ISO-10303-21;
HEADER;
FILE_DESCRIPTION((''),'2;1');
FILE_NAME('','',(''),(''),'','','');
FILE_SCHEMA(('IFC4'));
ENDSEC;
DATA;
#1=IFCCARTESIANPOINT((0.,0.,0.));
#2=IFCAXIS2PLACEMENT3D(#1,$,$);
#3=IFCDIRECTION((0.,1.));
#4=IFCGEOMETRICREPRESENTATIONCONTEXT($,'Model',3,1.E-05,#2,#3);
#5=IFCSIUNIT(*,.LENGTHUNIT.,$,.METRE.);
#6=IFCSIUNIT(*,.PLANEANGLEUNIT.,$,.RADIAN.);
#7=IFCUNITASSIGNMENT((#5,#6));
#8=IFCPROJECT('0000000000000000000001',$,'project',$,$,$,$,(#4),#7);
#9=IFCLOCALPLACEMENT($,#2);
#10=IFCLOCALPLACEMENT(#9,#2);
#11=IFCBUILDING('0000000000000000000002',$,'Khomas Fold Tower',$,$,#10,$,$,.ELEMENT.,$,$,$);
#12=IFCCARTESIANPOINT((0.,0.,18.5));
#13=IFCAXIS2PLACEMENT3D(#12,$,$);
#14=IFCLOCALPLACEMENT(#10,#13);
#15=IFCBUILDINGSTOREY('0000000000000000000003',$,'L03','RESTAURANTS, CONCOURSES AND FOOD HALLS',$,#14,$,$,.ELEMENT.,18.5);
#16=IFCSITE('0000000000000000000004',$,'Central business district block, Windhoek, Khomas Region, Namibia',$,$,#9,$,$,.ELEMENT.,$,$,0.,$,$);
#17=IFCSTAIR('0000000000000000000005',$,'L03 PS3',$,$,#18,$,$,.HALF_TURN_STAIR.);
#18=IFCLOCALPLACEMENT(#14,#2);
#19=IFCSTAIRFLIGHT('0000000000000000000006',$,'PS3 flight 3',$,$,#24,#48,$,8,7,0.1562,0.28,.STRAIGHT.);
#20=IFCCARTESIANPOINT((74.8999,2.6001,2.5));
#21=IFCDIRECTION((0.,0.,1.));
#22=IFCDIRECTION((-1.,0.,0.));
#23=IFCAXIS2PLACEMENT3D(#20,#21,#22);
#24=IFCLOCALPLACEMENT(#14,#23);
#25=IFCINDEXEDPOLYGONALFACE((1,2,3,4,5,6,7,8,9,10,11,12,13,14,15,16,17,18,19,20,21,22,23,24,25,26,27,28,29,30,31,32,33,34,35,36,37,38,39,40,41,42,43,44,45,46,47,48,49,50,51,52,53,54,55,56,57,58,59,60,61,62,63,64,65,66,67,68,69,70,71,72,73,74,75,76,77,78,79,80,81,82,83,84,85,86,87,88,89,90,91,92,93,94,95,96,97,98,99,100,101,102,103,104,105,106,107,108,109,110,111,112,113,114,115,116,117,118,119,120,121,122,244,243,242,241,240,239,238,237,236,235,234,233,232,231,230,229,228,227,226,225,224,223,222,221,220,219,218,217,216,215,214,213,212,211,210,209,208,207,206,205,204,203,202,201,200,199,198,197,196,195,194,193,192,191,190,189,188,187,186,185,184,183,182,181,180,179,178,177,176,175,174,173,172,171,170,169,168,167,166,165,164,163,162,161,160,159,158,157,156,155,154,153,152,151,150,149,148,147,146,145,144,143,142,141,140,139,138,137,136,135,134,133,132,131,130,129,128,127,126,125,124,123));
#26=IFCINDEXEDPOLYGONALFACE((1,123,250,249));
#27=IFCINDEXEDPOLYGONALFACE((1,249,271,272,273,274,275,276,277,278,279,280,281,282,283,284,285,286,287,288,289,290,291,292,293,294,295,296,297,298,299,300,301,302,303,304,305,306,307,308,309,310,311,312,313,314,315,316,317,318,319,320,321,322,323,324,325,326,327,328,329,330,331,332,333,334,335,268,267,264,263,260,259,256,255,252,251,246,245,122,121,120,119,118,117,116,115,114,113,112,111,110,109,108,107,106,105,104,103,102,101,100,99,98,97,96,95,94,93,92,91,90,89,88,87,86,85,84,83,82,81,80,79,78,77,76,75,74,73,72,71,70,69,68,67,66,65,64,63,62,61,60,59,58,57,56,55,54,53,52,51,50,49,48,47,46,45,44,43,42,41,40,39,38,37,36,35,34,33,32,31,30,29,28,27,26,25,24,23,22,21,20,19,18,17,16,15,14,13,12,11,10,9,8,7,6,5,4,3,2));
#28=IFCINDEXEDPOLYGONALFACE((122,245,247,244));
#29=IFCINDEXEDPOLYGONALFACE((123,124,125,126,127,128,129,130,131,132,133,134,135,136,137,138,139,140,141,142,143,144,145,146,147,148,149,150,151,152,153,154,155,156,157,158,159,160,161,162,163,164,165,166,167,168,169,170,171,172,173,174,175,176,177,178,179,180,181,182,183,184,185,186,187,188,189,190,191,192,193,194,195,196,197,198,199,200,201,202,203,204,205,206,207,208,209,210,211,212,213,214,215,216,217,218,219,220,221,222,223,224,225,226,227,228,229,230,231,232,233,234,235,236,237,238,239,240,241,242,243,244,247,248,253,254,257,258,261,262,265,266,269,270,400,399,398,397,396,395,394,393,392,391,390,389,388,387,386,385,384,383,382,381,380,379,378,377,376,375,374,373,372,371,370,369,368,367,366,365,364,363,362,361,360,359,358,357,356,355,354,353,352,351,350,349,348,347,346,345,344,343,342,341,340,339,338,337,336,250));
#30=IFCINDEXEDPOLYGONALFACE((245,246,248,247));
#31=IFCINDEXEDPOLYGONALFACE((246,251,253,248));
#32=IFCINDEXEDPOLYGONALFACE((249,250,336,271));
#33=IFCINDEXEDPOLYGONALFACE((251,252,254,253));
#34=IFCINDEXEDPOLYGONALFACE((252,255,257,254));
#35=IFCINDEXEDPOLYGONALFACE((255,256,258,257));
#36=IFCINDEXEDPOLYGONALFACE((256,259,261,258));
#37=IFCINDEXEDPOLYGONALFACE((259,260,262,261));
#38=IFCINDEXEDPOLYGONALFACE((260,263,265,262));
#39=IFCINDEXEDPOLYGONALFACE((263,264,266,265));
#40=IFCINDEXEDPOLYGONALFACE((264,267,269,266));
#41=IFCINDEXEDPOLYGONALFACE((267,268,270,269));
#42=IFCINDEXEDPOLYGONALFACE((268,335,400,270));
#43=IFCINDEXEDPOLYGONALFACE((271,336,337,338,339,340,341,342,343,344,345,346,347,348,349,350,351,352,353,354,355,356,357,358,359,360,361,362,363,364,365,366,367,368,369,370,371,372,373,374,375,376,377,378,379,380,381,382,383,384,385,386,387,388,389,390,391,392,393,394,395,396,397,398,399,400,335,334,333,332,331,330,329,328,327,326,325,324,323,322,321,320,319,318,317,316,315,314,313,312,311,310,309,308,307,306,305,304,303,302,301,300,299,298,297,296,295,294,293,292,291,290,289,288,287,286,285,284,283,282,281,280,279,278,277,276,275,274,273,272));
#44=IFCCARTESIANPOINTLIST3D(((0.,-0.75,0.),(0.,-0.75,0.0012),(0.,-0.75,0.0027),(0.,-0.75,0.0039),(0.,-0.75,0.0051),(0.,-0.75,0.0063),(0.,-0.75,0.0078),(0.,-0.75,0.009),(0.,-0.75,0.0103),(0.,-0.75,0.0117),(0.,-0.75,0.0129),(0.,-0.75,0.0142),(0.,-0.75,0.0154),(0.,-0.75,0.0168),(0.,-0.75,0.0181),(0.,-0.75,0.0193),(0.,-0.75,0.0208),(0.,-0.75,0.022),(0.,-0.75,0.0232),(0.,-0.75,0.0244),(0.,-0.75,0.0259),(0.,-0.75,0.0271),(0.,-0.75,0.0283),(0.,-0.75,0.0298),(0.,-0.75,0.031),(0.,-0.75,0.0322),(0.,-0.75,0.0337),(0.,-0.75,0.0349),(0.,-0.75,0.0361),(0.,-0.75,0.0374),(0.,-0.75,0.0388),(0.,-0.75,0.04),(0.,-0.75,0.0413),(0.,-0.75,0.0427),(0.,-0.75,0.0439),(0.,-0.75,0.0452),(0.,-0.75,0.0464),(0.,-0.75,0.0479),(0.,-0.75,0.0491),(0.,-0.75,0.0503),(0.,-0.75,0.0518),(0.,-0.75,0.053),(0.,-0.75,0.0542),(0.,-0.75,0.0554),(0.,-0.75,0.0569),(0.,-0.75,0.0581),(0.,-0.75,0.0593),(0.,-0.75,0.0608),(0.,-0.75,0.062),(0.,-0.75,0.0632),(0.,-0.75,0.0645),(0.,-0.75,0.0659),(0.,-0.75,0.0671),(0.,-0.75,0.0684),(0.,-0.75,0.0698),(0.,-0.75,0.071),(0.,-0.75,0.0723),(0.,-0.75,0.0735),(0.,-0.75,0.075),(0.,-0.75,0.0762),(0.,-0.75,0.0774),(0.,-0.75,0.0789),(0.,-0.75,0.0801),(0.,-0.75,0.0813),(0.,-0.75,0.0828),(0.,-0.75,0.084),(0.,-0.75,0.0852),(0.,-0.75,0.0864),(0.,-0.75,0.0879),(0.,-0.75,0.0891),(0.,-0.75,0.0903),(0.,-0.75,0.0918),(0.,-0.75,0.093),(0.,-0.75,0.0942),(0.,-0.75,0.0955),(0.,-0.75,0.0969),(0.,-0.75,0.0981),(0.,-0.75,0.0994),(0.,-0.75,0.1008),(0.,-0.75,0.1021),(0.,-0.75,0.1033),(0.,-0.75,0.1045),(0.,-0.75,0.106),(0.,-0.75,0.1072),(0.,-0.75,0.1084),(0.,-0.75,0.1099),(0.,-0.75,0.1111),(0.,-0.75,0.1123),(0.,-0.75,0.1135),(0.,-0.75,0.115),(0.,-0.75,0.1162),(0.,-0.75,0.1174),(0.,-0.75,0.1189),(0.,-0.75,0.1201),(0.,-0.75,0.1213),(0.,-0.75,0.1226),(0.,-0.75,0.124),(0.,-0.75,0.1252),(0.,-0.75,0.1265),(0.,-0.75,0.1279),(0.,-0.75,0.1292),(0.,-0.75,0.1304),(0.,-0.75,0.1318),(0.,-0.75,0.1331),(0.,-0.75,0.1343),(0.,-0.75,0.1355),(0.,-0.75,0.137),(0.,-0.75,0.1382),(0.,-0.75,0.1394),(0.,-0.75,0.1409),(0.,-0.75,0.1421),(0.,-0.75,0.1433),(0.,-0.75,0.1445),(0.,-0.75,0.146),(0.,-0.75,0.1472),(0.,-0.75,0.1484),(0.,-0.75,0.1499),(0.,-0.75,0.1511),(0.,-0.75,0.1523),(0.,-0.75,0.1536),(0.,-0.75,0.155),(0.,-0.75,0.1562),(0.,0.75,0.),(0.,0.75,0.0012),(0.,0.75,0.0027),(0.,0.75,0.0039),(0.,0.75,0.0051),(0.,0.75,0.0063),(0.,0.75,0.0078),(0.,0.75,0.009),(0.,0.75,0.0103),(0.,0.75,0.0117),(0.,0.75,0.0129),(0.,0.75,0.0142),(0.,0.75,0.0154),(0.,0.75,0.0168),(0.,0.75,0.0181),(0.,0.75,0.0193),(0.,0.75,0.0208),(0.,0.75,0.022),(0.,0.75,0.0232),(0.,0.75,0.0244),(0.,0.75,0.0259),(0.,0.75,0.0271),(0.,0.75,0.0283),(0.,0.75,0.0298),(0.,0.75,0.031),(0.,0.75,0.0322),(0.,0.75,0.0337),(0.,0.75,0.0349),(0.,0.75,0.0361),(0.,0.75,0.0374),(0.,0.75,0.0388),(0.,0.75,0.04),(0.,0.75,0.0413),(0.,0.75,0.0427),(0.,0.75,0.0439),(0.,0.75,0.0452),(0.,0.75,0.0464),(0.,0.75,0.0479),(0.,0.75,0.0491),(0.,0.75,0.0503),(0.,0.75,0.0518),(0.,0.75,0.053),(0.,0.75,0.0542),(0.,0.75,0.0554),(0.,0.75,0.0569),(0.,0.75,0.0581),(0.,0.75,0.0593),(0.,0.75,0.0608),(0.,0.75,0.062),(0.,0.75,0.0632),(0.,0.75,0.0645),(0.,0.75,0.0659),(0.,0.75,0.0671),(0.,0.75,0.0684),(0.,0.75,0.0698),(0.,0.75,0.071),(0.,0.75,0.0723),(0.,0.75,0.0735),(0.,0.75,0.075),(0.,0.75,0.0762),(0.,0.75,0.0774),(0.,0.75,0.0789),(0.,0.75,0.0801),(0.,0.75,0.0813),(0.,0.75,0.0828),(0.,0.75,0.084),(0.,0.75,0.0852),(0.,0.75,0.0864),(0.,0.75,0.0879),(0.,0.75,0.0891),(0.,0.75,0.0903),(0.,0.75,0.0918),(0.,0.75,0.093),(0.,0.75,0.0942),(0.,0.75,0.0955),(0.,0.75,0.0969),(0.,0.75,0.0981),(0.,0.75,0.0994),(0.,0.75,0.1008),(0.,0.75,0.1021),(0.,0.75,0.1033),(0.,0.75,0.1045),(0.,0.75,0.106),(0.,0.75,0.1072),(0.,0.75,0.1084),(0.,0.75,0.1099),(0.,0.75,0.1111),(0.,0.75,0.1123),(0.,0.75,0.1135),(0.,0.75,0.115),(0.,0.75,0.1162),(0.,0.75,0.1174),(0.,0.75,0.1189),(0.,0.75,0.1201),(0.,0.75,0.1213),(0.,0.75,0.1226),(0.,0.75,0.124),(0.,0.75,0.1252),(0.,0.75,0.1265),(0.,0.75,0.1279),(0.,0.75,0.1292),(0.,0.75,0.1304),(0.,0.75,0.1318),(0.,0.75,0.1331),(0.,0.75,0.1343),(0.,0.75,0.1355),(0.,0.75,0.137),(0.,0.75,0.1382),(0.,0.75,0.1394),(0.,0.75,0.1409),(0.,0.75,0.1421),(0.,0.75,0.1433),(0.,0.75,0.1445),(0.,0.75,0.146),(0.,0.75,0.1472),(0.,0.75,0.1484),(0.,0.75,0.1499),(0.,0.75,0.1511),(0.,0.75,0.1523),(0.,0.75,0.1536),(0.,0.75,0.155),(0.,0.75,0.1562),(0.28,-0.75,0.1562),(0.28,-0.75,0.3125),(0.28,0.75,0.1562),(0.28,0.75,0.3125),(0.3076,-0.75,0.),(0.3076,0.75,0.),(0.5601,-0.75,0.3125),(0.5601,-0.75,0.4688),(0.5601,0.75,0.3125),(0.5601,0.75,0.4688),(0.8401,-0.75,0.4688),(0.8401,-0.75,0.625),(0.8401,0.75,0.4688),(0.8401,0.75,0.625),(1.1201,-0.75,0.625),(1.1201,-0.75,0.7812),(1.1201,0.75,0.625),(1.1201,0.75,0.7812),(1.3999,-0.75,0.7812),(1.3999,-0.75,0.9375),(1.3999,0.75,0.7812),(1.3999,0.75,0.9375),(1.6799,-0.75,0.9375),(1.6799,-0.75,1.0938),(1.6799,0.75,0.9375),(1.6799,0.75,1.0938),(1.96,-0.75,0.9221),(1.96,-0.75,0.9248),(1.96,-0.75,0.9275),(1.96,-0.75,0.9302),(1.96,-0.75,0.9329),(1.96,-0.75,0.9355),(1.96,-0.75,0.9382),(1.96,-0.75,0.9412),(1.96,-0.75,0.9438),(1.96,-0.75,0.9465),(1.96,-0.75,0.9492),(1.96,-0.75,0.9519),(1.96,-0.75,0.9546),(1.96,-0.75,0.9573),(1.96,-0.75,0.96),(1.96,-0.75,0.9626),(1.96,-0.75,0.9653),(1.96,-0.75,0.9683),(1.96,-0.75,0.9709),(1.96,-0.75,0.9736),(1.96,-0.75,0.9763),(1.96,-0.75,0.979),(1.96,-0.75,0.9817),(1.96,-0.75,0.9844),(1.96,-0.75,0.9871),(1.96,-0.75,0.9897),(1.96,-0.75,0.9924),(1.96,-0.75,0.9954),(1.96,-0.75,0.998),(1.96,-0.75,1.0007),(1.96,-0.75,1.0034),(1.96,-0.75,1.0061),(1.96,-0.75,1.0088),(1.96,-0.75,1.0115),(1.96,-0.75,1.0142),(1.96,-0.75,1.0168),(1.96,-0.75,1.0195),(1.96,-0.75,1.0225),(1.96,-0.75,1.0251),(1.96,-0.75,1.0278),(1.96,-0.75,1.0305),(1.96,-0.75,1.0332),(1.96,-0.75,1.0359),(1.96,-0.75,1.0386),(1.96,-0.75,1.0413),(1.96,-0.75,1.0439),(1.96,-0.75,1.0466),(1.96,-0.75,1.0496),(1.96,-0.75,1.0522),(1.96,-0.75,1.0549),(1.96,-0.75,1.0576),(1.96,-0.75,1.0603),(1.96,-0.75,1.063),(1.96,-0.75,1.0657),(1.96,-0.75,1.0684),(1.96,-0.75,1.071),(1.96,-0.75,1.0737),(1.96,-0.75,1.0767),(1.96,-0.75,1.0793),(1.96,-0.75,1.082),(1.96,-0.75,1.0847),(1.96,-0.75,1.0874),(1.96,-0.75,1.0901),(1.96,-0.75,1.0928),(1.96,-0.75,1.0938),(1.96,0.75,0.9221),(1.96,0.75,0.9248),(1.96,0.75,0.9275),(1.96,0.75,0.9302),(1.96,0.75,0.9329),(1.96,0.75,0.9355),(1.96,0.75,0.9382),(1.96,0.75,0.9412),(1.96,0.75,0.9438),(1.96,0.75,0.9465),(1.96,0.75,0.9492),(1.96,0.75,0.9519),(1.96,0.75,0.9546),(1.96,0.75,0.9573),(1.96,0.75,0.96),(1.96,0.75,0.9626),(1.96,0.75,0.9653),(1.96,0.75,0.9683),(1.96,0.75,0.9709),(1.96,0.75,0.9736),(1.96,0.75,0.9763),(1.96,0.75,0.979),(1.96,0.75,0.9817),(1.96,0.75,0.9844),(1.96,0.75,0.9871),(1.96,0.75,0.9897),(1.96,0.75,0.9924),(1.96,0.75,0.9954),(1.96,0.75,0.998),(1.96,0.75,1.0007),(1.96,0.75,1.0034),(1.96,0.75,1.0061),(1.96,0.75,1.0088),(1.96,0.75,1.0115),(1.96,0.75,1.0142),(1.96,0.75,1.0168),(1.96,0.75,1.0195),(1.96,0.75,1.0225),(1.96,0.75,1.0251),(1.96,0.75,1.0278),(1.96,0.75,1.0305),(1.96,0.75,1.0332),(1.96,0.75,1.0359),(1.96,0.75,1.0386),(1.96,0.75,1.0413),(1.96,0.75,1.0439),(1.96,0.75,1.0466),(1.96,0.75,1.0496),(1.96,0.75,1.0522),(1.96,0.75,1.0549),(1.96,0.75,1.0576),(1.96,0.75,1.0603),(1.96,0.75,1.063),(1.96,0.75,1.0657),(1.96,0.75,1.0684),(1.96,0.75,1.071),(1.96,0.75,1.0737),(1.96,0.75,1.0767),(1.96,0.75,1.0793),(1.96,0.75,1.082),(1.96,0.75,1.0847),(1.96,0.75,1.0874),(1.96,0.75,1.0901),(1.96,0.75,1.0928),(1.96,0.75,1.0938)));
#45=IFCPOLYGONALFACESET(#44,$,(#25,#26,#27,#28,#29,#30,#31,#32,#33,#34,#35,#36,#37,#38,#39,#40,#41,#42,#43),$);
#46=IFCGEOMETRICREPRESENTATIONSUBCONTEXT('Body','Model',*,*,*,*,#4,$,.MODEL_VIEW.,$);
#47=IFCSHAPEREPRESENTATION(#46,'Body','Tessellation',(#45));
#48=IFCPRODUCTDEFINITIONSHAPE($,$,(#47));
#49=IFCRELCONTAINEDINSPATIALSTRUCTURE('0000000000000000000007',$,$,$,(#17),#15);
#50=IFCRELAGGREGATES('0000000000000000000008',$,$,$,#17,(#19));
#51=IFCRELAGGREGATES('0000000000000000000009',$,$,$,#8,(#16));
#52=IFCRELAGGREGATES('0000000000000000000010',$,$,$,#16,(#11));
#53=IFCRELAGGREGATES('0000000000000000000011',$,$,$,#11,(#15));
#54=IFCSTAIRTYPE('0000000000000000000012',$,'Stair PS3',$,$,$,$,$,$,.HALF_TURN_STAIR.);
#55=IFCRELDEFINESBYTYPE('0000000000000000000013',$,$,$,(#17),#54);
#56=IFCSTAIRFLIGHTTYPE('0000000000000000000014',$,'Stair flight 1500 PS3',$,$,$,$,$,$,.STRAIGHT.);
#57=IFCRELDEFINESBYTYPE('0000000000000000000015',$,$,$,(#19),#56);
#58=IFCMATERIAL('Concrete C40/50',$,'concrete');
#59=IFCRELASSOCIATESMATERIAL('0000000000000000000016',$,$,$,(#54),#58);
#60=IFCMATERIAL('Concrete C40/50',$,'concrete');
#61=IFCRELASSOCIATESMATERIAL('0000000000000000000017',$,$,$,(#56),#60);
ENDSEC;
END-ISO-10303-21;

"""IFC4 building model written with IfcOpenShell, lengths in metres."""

from ifc_helpers import new_model, si_unit, direction, frame, origin, place, context, subcontext, project, spatial, polyline, outline, extrude, source, transform, mapped, material, type_object, element, aggregate, save


model = new_model("IFC4")

# Units and contexts
model_context = context("Model", 3, precision=1e-05, world=origin(), true_north=direction((0.0, 1.0)))
body_context = subcontext(model_context, "Body", "Model", "MODEL_VIEW")
ifc_project = project(units=[si_unit("LENGTHUNIT", "METRE"), si_unit("PLANEANGLEUNIT", "RADIAN")], contexts=[model_context])

# Site, building, storey
site_placement = place(None, origin())
site = spatial("IfcSite", under=ifc_project, at=site_placement, Name="Central business district block, Windhoek, Khomas Region, Namibia", CompositionType="ELEMENT", RefElevation=0.0)
building_placement = place(site_placement, origin())
building = spatial("IfcBuilding", under=site, at=building_placement, Name="Khomas Fold Tower", CompositionType="ELEMENT")
storey_placement = place(building_placement, frame((0.0, 0.0, 18.5)))
storey = spatial("IfcBuildingStorey", under=building, at=storey_placement, Name="L03", Description="RESTAURANTS, CONCOURSES AND FOOD HALLS", CompositionType="ELEMENT", Elevation=18.5)

# Stair, stair flight
ifc_material_1 = material(Name="Concrete C40/50", Category="concrete")
stair_type_1 = type_object("IfcStairType", Name="Stair PS3", PredefinedType="HALF_TURN_STAIR", material=ifc_material_1)
stair_1_placement = place(storey_placement, origin())
stair_1 = element("IfcStair", 1, at=stair_1_placement, inside=storey, type_object=stair_type_1, Name="L03 PS3", PredefinedType="HALF_TURN_STAIR")
ifc_material_2 = material(Name="Concrete C40/50", Category="concrete")
stair_flight_type_1 = type_object("IfcStairFlightType", Name="Stair flight 1500 PS3", PredefinedType="STRAIGHT", material=ifc_material_2)
shared_shape_1 = source(origin(), body_context, "Body", "SweptSolid", [
    extrude(outline(polyline([(0.0, 0.0), (0.0, 0.0012), (0.0, 0.0027), (0.0, 0.0039), (0.0, 0.0051), (0.0, 0.0063), (0.0, 0.0078), (0.0, 0.009), (0.0, 0.0103), (0.0, 0.0117), (0.0, 0.0129), (0.0, 0.0142), (0.0, 0.0154), (0.0, 0.0168), (0.0, 0.0181), (0.0, 0.0193), (0.0, 0.0208), (0.0, 0.022), (0.0, 0.0232), (0.0, 0.0244), (0.0, 0.0259), (0.0, 0.0271), (0.0, 0.0283), (0.0, 0.0298), (0.0, 0.031), (0.0, 0.0322), (0.0, 0.0337), (0.0, 0.0349), (0.0, 0.0361), (0.0, 0.0374), (0.0, 0.0388), (0.0, 0.04), (0.0, 0.0413), (0.0, 0.0427), (0.0, 0.0439), (0.0, 0.0452), (0.0, 0.0464), (0.0, 0.0479), (0.0, 0.0491), (0.0, 0.0503), (0.0, 0.0518), (0.0, 0.053), (0.0, 0.0542), (0.0, 0.0554), (0.0, 0.0569), (0.0, 0.0581), (0.0, 0.0593), (0.0, 0.0608), (0.0, 0.062), (0.0, 0.0632), (0.0, 0.0645), (0.0, 0.0659), (0.0, 0.0671), (0.0, 0.0684), (0.0, 0.0698), (0.0, 0.071), (0.0, 0.0723), (0.0, 0.0735), (0.0, 0.075), (0.0, 0.0762), (0.0, 0.0774), (0.0, 0.0789), (0.0, 0.0801), (0.0, 0.0813), (0.0, 0.0828), (0.0, 0.084), (0.0, 0.0852), (0.0, 0.0864), (0.0, 0.0879), (0.0, 0.0891), (0.0, 0.0903), (0.0, 0.0918), (0.0, 0.093), (0.0, 0.0942), (0.0, 0.0955), (0.0, 0.0969), (0.0, 0.0981), (0.0, 0.0994), (0.0, 0.1008), (0.0, 0.1021), (0.0, 0.1033), (0.0, 0.1045), (0.0, 0.106), (0.0, 0.1072), (0.0, 0.1084), (0.0, 0.1099), (0.0, 0.1111), (0.0, 0.1123), (0.0, 0.1135), (0.0, 0.115), (0.0, 0.1162), (0.0, 0.1174), (0.0, 0.1189), (0.0, 0.1201), (0.0, 0.1213), (0.0, 0.1226), (0.0, 0.124), (0.0, 0.1252), (0.0, 0.1265), (0.0, 0.1279), (0.0, 0.1292), (0.0, 0.1304), (0.0, 0.1318), (0.0, 0.1331), (0.0, 0.1343), (0.0, 0.1355), (0.0, 0.137), (0.0, 0.1382), (0.0, 0.1394), (0.0, 0.1409), (0.0, 0.1421), (0.0, 0.1433), (0.0, 0.1445), (0.0, 0.146), (0.0, 0.1472), (0.0, 0.1484), (0.0, 0.1499), (0.0, 0.1511), (0.0, 0.1523), (0.0, 0.1536), (0.0, 0.155), (0.0, 0.1562), (0.28, 0.1562), (0.28, 0.3125), (0.5601, 0.3125), (0.5601, 0.4688), (0.8401, 0.4688), (0.8401, 0.625), (1.1201, 0.625), (1.1201, 0.7812), (1.3999, 0.7812), (1.3999, 0.9375), (1.6799, 0.9375), (1.6799, 1.0938), (1.96, 1.0938), (1.96, 1.25), (1.96, 1.2473), (1.96, 1.2446), (1.96, 1.2419), (1.96, 1.2393), (1.96, 1.2363), (1.96, 1.2336), (1.96, 1.231), (1.96, 1.2283), (1.96, 1.2256), (1.96, 1.2229), (1.96, 1.2202), (1.96, 1.2175), (1.96, 1.2148), (1.96, 1.2122), (1.96, 1.2092), (1.96, 1.2065), (1.96, 1.2039), (1.96, 1.2012), (1.96, 1.1985), (1.96, 1.1958), (1.96, 1.1931), (1.96, 1.1904), (1.96, 1.1877), (1.96, 1.1851), (1.96, 1.1821), (1.96, 1.1794), (1.96, 1.1768), (1.96, 1.1741), (1.96, 1.1714), (1.96, 1.1687), (1.96, 1.166), (1.96, 1.1633), (1.96, 1.1606), (1.96, 1.158), (1.96, 1.155), (1.96, 1.1523), (1.96, 1.1497), (1.96, 1.147), (1.96, 1.1443), (1.96, 1.1416), (1.96, 1.1389), (1.96, 1.1362), (1.96, 1.1335), (1.96, 1.1309), (1.96, 1.1279), (1.96, 1.1252), (1.96, 1.1226), (1.96, 1.1199), (1.96, 1.1172), (1.96, 1.1145), (1.96, 1.1118), (1.96, 1.1091), (1.96, 1.1064), (1.96, 1.1038), (1.96, 1.1008), (1.96, 1.0981), (1.96, 1.0955), (1.96, 1.0928), (1.96, 1.0901), (1.96, 1.0874), (1.96, 1.0847), (1.96, 1.082), (1.96, 1.0793), (1.96, 1.0767), (1.96, 1.0737), (1.96, 1.071), (1.96, 1.0684), (1.96, 1.0657), (1.96, 1.063), (1.96, 1.0603), (1.96, 1.0576), (1.96, 1.0549), (1.96, 1.0522), (1.96, 1.0496), (1.96, 1.0466), (1.96, 1.0439), (1.96, 1.0413), (1.96, 1.0386), (1.96, 1.0359), (1.96, 1.0332), (1.96, 1.0305), (1.96, 1.0278), (1.96, 1.0251), (1.96, 1.0225), (1.96, 1.0195), (1.96, 1.0168), (1.96, 1.0142), (1.96, 1.0115), (1.96, 1.0088), (1.96, 1.0061), (1.96, 1.0034), (1.96, 1.0007), (1.96, 0.998), (1.96, 0.9954), (1.96, 0.9924), (1.96, 0.9897), (1.96, 0.9871), (1.96, 0.9844), (1.96, 0.9817), (1.96, 0.979), (1.96, 0.9763), (1.96, 0.9736), (1.96, 0.9709), (1.96, 0.9683), (1.96, 0.9653), (1.96, 0.9626), (1.96, 0.96), (1.96, 0.9573), (1.96, 0.9546), (1.96, 0.9519), (1.96, 0.9492), (1.96, 0.9465), (1.96, 0.9438), (1.96, 0.9412), (1.96, 0.9382), (1.96, 0.9355), (1.96, 0.9329), (1.96, 0.9302), (1.96, 0.9275), (1.96, 0.9248), (1.96, 0.9221), (0.3076, 0.0), (0.0, 0.0)])), frame((0.0, 0.75, 0.0), z_axis=(0.0, -1.0, 0.0), x_axis=(1.0, 0.0, 0.0)), (0.0, 0.0, 1.0), 1.5),
])
stair_flight_1_placement = place(storey_placement, frame((74.8999, 2.6001, 2.5), z_axis=(0.0, 0.0, 1.0), x_axis=(-1.0, 0.0, 0.0)))
stair_flight_1 = element("IfcStairFlight", 2, at=stair_flight_1_placement, type_object=stair_flight_type_1, Name="PS3 flight 3", NumberOfRisers=8, NumberOfTreads=7, PredefinedType="STRAIGHT", RiserHeight=0.1562, TreadLength=0.28, context=body_context, shape_type="MappedRepresentation", body=[
    mapped(shared_shape_1, transform((0.0, 0.0, 0.0))),
])
aggregate(stair_1, [stair_flight_1])

save(model, "model.ifc")
